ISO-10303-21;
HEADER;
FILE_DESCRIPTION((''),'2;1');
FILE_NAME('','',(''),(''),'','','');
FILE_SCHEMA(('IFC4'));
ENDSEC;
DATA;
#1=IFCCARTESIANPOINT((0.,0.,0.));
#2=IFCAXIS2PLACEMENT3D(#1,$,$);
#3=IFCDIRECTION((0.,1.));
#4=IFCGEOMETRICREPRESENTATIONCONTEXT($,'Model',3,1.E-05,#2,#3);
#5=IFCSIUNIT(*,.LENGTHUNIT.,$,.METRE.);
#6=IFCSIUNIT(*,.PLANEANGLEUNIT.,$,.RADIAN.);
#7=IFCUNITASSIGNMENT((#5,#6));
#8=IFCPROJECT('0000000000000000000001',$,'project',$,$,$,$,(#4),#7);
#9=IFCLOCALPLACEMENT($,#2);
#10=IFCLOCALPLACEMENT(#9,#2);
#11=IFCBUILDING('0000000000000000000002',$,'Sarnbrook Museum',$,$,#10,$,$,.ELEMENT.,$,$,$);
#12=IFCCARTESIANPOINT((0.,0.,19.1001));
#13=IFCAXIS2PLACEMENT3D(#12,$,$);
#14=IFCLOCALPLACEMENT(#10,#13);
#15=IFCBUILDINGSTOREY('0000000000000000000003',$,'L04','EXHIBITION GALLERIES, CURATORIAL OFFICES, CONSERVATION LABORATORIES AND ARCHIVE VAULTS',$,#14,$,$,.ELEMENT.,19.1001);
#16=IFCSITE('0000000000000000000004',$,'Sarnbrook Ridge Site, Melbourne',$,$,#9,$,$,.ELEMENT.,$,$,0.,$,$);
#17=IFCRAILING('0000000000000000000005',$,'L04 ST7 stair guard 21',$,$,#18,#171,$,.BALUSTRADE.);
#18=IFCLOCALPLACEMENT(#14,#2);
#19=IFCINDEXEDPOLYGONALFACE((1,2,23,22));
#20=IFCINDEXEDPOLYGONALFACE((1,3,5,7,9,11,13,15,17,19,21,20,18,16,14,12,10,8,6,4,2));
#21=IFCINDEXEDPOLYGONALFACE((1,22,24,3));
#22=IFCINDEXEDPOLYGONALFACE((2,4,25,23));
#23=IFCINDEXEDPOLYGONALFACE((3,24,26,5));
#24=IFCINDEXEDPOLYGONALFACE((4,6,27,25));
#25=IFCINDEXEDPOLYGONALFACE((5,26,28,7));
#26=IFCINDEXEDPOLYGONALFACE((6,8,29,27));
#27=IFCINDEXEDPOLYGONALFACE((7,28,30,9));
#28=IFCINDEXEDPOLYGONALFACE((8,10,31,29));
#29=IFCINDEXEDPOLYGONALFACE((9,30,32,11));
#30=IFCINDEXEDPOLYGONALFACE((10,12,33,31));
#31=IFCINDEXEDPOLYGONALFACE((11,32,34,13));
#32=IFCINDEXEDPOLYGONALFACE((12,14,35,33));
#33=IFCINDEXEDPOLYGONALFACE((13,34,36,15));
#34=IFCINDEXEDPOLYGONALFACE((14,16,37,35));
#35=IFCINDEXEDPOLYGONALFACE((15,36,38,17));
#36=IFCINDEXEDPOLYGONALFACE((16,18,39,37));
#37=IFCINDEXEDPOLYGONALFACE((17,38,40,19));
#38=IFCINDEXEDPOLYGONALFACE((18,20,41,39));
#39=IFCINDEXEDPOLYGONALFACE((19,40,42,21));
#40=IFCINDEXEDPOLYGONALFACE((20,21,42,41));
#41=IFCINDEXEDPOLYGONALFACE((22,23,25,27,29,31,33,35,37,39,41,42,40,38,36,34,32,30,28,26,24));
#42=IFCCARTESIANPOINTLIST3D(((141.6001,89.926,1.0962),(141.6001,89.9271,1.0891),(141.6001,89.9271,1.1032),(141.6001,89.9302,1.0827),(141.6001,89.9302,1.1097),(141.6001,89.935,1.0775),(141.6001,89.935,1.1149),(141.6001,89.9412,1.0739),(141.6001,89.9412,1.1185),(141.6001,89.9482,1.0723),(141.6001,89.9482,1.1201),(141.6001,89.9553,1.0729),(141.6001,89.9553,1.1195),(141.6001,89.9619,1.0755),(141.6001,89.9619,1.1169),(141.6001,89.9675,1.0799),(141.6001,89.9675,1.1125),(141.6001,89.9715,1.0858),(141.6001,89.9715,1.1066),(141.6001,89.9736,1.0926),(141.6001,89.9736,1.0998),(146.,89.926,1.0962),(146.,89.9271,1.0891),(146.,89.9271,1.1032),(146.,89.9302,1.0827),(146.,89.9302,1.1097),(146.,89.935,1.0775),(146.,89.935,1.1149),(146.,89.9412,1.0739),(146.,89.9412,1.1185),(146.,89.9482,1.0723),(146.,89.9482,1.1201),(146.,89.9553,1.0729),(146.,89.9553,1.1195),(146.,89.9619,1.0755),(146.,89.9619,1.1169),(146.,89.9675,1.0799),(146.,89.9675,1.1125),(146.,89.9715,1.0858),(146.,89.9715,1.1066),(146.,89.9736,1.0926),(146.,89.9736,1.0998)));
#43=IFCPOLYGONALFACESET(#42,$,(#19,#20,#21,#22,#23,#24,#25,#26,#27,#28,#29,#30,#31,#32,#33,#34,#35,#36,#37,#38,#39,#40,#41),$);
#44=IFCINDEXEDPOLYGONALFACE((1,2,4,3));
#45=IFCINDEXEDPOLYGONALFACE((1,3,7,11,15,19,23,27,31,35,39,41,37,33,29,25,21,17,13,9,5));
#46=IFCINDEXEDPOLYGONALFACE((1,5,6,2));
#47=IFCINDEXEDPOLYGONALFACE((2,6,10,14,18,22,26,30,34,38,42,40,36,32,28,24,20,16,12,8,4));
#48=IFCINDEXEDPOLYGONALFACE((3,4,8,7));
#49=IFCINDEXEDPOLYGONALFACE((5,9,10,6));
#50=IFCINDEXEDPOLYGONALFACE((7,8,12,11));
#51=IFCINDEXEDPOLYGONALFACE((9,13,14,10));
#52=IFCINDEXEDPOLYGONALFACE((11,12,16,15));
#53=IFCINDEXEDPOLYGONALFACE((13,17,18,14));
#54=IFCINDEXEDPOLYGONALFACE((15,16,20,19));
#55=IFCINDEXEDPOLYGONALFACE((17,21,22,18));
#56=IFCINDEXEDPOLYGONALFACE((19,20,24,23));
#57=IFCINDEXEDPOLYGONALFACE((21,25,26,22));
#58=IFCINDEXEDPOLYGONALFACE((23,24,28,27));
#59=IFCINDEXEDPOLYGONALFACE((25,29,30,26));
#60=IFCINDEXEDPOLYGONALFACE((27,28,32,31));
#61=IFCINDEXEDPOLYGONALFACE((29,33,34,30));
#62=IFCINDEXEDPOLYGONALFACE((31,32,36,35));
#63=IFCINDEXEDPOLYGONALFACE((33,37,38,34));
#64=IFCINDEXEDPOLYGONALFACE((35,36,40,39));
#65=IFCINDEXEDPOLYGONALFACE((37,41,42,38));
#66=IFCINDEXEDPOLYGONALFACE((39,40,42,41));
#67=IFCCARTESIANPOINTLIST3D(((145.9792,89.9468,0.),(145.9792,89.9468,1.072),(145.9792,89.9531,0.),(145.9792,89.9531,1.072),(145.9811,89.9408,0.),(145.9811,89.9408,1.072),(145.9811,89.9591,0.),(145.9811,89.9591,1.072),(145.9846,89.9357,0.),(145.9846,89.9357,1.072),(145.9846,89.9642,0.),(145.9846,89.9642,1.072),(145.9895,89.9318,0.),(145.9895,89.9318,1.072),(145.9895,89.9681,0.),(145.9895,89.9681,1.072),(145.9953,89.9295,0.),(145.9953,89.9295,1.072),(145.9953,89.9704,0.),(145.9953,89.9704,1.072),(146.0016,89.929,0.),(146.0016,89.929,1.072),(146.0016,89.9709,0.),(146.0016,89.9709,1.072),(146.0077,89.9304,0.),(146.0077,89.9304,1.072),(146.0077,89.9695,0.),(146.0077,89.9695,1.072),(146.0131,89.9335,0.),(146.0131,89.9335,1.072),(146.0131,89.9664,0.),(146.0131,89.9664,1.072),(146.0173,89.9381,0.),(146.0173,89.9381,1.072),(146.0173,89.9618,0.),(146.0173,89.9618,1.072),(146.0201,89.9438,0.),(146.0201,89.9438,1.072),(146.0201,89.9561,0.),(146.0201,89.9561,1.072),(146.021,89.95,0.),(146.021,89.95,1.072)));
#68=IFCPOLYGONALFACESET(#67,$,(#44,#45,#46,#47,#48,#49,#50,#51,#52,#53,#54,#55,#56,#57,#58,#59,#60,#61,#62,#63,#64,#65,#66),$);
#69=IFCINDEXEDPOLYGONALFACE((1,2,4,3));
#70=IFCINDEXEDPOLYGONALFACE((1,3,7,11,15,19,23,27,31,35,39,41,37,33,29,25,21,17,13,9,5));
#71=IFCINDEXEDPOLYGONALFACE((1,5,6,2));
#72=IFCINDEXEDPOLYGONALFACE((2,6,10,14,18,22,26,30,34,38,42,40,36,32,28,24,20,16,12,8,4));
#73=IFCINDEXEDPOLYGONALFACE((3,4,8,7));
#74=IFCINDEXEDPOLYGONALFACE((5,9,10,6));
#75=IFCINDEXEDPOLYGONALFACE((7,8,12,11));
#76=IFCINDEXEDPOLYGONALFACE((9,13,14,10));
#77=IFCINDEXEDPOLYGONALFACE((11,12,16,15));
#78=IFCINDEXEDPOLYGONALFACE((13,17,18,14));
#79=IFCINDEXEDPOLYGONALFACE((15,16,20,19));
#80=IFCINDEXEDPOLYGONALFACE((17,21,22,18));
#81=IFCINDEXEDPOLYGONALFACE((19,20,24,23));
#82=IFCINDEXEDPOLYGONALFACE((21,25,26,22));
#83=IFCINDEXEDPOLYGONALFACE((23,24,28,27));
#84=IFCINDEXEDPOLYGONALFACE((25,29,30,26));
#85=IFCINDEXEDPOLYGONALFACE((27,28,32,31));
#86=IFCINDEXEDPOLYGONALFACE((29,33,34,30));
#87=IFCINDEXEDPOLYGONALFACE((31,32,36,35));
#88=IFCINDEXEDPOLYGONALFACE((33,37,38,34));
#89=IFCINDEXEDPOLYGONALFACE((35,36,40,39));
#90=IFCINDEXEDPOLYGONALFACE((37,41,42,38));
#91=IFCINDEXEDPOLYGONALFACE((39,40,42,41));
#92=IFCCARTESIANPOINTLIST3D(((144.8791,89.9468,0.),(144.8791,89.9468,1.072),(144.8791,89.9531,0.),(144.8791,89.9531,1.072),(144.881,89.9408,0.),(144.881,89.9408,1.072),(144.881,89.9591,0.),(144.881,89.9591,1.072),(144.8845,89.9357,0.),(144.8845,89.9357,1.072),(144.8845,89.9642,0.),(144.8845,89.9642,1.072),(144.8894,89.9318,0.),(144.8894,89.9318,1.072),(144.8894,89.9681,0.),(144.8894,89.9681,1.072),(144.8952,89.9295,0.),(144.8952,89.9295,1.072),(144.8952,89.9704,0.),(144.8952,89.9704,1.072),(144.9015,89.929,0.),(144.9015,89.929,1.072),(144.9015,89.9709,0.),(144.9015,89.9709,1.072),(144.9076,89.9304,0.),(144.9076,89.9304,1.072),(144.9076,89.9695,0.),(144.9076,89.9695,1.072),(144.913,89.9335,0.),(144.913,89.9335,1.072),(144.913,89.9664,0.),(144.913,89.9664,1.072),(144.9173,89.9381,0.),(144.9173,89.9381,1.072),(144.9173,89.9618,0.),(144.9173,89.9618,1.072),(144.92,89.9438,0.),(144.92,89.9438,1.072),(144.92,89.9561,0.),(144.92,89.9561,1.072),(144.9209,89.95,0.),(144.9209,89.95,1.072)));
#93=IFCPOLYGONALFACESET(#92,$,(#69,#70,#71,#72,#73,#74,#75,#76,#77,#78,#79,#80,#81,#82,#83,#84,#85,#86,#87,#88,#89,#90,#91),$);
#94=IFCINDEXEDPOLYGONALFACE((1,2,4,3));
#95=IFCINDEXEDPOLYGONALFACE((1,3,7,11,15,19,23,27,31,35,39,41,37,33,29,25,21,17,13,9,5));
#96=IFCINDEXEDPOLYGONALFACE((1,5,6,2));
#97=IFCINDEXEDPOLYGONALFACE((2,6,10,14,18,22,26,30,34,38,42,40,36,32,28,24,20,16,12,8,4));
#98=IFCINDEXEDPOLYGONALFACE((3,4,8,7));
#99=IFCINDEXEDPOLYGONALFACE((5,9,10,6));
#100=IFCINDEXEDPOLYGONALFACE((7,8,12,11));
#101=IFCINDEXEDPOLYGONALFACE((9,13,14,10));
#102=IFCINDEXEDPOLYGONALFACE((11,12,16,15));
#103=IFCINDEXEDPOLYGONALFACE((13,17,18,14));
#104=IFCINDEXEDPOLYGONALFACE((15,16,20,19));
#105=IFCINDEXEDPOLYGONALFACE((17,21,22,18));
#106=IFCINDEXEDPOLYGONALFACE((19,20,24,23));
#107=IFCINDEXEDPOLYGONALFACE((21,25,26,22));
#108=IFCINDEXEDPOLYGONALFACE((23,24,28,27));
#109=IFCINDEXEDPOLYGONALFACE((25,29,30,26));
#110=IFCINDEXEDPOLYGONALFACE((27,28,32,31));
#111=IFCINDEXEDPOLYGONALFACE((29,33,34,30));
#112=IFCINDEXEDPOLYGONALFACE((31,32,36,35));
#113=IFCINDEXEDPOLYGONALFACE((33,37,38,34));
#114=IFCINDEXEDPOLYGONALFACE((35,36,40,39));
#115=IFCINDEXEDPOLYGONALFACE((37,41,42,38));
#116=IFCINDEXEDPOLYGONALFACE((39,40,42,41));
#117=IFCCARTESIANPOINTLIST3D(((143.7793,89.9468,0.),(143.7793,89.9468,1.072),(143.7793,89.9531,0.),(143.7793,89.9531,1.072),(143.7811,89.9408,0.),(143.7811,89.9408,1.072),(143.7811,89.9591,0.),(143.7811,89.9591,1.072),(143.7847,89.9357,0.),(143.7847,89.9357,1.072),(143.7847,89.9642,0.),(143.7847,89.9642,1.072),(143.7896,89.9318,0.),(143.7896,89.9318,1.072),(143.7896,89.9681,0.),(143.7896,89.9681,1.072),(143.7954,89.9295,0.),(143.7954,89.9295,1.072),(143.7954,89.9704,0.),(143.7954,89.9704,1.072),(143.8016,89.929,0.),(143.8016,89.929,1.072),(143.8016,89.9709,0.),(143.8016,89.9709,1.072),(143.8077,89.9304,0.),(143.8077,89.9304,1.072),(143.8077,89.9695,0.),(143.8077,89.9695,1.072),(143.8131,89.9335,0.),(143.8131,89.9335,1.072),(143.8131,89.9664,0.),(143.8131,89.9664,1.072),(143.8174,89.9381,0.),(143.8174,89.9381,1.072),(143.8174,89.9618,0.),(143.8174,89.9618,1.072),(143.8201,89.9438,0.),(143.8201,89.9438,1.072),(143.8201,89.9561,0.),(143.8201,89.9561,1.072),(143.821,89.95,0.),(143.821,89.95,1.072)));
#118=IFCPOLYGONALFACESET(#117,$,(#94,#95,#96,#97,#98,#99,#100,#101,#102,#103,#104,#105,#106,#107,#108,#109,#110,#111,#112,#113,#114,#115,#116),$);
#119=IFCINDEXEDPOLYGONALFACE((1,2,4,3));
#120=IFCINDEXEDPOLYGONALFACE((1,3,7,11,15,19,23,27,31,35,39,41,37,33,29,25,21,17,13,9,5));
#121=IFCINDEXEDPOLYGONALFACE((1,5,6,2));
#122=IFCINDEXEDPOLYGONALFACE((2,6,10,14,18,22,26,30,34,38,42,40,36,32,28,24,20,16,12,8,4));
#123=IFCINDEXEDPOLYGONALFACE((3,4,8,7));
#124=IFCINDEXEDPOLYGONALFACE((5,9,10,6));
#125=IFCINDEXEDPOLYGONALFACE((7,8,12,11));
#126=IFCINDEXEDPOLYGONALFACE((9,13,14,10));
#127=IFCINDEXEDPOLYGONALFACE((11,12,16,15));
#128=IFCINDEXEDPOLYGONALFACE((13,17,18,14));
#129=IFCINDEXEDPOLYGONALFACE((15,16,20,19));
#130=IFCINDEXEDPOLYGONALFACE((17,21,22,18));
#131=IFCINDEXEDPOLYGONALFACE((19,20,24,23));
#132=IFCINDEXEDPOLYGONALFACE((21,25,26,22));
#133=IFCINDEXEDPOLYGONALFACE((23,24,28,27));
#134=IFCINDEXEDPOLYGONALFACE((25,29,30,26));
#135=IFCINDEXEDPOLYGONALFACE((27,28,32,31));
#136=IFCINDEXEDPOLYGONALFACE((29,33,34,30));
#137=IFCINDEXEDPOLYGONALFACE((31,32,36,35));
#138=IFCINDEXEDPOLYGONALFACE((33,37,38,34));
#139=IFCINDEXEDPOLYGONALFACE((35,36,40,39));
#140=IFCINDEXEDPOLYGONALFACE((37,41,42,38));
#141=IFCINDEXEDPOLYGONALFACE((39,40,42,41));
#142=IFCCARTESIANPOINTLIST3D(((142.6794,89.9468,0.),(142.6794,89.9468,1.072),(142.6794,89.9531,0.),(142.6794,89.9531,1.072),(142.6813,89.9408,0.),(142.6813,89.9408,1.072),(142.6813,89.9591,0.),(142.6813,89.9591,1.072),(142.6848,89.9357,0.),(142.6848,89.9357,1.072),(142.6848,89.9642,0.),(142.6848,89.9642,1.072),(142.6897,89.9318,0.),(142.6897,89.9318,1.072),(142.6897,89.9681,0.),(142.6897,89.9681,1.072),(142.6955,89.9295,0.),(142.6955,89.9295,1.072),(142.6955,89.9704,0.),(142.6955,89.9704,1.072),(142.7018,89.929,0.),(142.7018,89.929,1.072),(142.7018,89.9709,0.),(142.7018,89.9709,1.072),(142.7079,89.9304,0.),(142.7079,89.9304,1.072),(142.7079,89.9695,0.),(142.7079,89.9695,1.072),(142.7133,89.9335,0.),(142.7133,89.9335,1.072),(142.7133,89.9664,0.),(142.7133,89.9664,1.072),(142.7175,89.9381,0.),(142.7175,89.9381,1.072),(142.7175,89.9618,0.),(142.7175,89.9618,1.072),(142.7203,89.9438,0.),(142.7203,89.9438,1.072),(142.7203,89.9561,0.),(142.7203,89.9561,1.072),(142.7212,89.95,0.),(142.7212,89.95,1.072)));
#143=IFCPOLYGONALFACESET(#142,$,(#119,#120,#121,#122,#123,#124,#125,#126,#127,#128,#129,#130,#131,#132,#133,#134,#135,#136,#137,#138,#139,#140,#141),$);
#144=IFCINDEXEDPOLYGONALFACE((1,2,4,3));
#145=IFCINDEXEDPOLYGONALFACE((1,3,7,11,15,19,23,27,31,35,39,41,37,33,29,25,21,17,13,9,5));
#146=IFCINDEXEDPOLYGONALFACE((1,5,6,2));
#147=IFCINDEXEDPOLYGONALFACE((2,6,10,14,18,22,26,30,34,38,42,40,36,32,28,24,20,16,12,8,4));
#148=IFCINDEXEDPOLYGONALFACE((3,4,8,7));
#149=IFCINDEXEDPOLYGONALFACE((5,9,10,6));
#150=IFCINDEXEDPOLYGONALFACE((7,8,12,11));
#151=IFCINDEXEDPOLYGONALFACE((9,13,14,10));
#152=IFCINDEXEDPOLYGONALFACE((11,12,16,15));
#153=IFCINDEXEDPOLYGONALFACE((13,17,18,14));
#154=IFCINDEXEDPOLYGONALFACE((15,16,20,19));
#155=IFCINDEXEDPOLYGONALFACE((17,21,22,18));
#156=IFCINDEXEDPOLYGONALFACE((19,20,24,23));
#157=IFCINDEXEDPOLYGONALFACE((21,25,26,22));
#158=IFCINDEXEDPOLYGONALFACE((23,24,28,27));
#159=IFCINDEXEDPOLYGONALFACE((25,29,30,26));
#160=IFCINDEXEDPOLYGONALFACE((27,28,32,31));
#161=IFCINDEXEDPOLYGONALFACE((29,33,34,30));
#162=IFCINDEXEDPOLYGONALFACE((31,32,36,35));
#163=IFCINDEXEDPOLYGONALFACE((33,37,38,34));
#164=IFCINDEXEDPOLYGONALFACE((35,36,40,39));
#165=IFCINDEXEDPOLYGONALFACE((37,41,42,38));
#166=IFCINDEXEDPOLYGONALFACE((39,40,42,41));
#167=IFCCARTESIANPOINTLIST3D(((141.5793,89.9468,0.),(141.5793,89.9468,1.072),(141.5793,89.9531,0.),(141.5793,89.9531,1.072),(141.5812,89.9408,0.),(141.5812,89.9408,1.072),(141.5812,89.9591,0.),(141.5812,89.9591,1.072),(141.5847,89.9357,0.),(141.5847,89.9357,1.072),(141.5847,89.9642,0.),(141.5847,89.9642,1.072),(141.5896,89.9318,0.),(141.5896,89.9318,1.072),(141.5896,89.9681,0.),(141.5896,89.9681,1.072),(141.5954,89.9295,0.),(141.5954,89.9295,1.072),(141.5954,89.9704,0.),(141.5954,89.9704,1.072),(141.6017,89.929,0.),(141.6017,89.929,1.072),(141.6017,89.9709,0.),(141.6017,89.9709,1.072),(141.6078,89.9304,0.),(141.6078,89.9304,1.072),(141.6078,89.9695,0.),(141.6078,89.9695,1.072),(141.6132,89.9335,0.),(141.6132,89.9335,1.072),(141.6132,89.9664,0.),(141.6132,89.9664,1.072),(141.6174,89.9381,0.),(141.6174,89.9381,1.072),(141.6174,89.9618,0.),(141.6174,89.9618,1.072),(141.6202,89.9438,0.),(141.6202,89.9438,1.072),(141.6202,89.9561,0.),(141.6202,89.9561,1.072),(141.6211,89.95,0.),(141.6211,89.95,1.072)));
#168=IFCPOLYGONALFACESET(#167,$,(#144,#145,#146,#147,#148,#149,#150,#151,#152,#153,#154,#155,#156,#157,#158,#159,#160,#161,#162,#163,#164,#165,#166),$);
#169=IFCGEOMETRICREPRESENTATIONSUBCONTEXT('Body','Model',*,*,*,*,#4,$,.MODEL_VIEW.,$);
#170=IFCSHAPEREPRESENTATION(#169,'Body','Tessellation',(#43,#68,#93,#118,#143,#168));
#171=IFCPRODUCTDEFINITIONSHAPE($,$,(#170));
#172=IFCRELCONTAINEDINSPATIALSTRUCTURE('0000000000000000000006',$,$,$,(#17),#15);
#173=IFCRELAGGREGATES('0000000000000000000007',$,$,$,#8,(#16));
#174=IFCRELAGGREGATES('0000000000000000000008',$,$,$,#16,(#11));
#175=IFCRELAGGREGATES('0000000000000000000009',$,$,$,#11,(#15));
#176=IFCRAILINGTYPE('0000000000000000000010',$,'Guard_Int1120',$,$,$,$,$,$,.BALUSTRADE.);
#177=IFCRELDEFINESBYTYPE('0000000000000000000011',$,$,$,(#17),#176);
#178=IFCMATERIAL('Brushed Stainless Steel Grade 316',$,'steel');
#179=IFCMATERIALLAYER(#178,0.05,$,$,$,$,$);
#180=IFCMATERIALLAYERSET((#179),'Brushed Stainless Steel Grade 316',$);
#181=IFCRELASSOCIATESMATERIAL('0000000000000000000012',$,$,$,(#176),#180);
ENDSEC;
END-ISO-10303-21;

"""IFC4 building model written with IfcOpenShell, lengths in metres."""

from ifc_helpers import new_model, si_unit, direction, frame, origin, origin_2d, place, context, subcontext, project, spatial, circle, extrude, material, layer, layer_set, type_object, element, save


model = new_model("IFC4")

# Units and contexts
model_context = context("Model", 3, precision=1e-05, world=origin(), true_north=direction((0.0, 1.0)))
body_context = subcontext(model_context, "Body", "Model", "MODEL_VIEW")
ifc_project = project(units=[si_unit("LENGTHUNIT", "METRE"), si_unit("PLANEANGLEUNIT", "RADIAN")], contexts=[model_context])

# Site, building, storey
site_placement = place(None, origin())
site = spatial("IfcSite", under=ifc_project, at=site_placement, Name="Sarnbrook Ridge Site, Melbourne", CompositionType="ELEMENT", RefElevation=0.0)
building_placement = place(site_placement, origin())
building = spatial("IfcBuilding", under=site, at=building_placement, Name="Sarnbrook Museum", CompositionType="ELEMENT")
storey_placement = place(building_placement, frame((0.0, 0.0, 19.1001)))
storey = spatial("IfcBuildingStorey", under=building, at=storey_placement, Name="L04", Description="EXHIBITION GALLERIES, CURATORIAL OFFICES, CONSERVATION LABORATORIES AND ARCHIVE VAULTS", CompositionType="ELEMENT", Elevation=19.1001)

# Railing
ifc_material_1 = material(Name="Brushed Stainless Steel Grade 316", Category="steel")
ifc_layer_1 = layer(ifc_material_1, 0.05)
ifc_layer_set_1 = layer_set([ifc_layer_1], Name="Brushed Stainless Steel Grade 316")
railing_type = type_object("IfcRailingType", Name="Guard_Int1120", PredefinedType="BALUSTRADE", material=ifc_layer_set_1)
railing_1_placement = place(storey_placement, frame((146.0, 89.95, 0.0)))
element("IfcRailing", 1, at=railing_1_placement, inside=storey, type_object=railing_type, Name="L04 ST7 stair guard 21", PredefinedType="BALUSTRADE", context=body_context, shape_type="SweptSolid", body=[
    extrude(circle(Radius=0.0239, at=origin_2d()), frame((0.0, 0.0, 1.0962), z_axis=(-1.0, 0.0, 0.0), x_axis=(0.0, -1.0, 0.0)), (0.0, 0.0, 1.0), 4.3999),
    extrude(circle(Radius=0.021, at=origin_2d()), origin(), (0.0, 0.0, 1.0), 1.072),
    extrude(circle(Radius=0.021, at=origin_2d()), frame((-1.1001, 0.0, 0.0)), (0.0, 0.0, 1.0), 1.072),
    extrude(circle(Radius=0.021, at=origin_2d()), frame((-2.2, 0.0, 0.0)), (0.0, 0.0, 1.0), 1.072),
    extrude(circle(Radius=0.021, at=origin_2d()), frame((-3.2998, 0.0, 0.0)), (0.0, 0.0, 1.0), 1.072),
    extrude(circle(Radius=0.021, at=origin_2d()), frame((-4.3999, 0.0, 0.0)), (0.0, 0.0, 1.0), 1.072),
])

save(model, "model.ifc")
